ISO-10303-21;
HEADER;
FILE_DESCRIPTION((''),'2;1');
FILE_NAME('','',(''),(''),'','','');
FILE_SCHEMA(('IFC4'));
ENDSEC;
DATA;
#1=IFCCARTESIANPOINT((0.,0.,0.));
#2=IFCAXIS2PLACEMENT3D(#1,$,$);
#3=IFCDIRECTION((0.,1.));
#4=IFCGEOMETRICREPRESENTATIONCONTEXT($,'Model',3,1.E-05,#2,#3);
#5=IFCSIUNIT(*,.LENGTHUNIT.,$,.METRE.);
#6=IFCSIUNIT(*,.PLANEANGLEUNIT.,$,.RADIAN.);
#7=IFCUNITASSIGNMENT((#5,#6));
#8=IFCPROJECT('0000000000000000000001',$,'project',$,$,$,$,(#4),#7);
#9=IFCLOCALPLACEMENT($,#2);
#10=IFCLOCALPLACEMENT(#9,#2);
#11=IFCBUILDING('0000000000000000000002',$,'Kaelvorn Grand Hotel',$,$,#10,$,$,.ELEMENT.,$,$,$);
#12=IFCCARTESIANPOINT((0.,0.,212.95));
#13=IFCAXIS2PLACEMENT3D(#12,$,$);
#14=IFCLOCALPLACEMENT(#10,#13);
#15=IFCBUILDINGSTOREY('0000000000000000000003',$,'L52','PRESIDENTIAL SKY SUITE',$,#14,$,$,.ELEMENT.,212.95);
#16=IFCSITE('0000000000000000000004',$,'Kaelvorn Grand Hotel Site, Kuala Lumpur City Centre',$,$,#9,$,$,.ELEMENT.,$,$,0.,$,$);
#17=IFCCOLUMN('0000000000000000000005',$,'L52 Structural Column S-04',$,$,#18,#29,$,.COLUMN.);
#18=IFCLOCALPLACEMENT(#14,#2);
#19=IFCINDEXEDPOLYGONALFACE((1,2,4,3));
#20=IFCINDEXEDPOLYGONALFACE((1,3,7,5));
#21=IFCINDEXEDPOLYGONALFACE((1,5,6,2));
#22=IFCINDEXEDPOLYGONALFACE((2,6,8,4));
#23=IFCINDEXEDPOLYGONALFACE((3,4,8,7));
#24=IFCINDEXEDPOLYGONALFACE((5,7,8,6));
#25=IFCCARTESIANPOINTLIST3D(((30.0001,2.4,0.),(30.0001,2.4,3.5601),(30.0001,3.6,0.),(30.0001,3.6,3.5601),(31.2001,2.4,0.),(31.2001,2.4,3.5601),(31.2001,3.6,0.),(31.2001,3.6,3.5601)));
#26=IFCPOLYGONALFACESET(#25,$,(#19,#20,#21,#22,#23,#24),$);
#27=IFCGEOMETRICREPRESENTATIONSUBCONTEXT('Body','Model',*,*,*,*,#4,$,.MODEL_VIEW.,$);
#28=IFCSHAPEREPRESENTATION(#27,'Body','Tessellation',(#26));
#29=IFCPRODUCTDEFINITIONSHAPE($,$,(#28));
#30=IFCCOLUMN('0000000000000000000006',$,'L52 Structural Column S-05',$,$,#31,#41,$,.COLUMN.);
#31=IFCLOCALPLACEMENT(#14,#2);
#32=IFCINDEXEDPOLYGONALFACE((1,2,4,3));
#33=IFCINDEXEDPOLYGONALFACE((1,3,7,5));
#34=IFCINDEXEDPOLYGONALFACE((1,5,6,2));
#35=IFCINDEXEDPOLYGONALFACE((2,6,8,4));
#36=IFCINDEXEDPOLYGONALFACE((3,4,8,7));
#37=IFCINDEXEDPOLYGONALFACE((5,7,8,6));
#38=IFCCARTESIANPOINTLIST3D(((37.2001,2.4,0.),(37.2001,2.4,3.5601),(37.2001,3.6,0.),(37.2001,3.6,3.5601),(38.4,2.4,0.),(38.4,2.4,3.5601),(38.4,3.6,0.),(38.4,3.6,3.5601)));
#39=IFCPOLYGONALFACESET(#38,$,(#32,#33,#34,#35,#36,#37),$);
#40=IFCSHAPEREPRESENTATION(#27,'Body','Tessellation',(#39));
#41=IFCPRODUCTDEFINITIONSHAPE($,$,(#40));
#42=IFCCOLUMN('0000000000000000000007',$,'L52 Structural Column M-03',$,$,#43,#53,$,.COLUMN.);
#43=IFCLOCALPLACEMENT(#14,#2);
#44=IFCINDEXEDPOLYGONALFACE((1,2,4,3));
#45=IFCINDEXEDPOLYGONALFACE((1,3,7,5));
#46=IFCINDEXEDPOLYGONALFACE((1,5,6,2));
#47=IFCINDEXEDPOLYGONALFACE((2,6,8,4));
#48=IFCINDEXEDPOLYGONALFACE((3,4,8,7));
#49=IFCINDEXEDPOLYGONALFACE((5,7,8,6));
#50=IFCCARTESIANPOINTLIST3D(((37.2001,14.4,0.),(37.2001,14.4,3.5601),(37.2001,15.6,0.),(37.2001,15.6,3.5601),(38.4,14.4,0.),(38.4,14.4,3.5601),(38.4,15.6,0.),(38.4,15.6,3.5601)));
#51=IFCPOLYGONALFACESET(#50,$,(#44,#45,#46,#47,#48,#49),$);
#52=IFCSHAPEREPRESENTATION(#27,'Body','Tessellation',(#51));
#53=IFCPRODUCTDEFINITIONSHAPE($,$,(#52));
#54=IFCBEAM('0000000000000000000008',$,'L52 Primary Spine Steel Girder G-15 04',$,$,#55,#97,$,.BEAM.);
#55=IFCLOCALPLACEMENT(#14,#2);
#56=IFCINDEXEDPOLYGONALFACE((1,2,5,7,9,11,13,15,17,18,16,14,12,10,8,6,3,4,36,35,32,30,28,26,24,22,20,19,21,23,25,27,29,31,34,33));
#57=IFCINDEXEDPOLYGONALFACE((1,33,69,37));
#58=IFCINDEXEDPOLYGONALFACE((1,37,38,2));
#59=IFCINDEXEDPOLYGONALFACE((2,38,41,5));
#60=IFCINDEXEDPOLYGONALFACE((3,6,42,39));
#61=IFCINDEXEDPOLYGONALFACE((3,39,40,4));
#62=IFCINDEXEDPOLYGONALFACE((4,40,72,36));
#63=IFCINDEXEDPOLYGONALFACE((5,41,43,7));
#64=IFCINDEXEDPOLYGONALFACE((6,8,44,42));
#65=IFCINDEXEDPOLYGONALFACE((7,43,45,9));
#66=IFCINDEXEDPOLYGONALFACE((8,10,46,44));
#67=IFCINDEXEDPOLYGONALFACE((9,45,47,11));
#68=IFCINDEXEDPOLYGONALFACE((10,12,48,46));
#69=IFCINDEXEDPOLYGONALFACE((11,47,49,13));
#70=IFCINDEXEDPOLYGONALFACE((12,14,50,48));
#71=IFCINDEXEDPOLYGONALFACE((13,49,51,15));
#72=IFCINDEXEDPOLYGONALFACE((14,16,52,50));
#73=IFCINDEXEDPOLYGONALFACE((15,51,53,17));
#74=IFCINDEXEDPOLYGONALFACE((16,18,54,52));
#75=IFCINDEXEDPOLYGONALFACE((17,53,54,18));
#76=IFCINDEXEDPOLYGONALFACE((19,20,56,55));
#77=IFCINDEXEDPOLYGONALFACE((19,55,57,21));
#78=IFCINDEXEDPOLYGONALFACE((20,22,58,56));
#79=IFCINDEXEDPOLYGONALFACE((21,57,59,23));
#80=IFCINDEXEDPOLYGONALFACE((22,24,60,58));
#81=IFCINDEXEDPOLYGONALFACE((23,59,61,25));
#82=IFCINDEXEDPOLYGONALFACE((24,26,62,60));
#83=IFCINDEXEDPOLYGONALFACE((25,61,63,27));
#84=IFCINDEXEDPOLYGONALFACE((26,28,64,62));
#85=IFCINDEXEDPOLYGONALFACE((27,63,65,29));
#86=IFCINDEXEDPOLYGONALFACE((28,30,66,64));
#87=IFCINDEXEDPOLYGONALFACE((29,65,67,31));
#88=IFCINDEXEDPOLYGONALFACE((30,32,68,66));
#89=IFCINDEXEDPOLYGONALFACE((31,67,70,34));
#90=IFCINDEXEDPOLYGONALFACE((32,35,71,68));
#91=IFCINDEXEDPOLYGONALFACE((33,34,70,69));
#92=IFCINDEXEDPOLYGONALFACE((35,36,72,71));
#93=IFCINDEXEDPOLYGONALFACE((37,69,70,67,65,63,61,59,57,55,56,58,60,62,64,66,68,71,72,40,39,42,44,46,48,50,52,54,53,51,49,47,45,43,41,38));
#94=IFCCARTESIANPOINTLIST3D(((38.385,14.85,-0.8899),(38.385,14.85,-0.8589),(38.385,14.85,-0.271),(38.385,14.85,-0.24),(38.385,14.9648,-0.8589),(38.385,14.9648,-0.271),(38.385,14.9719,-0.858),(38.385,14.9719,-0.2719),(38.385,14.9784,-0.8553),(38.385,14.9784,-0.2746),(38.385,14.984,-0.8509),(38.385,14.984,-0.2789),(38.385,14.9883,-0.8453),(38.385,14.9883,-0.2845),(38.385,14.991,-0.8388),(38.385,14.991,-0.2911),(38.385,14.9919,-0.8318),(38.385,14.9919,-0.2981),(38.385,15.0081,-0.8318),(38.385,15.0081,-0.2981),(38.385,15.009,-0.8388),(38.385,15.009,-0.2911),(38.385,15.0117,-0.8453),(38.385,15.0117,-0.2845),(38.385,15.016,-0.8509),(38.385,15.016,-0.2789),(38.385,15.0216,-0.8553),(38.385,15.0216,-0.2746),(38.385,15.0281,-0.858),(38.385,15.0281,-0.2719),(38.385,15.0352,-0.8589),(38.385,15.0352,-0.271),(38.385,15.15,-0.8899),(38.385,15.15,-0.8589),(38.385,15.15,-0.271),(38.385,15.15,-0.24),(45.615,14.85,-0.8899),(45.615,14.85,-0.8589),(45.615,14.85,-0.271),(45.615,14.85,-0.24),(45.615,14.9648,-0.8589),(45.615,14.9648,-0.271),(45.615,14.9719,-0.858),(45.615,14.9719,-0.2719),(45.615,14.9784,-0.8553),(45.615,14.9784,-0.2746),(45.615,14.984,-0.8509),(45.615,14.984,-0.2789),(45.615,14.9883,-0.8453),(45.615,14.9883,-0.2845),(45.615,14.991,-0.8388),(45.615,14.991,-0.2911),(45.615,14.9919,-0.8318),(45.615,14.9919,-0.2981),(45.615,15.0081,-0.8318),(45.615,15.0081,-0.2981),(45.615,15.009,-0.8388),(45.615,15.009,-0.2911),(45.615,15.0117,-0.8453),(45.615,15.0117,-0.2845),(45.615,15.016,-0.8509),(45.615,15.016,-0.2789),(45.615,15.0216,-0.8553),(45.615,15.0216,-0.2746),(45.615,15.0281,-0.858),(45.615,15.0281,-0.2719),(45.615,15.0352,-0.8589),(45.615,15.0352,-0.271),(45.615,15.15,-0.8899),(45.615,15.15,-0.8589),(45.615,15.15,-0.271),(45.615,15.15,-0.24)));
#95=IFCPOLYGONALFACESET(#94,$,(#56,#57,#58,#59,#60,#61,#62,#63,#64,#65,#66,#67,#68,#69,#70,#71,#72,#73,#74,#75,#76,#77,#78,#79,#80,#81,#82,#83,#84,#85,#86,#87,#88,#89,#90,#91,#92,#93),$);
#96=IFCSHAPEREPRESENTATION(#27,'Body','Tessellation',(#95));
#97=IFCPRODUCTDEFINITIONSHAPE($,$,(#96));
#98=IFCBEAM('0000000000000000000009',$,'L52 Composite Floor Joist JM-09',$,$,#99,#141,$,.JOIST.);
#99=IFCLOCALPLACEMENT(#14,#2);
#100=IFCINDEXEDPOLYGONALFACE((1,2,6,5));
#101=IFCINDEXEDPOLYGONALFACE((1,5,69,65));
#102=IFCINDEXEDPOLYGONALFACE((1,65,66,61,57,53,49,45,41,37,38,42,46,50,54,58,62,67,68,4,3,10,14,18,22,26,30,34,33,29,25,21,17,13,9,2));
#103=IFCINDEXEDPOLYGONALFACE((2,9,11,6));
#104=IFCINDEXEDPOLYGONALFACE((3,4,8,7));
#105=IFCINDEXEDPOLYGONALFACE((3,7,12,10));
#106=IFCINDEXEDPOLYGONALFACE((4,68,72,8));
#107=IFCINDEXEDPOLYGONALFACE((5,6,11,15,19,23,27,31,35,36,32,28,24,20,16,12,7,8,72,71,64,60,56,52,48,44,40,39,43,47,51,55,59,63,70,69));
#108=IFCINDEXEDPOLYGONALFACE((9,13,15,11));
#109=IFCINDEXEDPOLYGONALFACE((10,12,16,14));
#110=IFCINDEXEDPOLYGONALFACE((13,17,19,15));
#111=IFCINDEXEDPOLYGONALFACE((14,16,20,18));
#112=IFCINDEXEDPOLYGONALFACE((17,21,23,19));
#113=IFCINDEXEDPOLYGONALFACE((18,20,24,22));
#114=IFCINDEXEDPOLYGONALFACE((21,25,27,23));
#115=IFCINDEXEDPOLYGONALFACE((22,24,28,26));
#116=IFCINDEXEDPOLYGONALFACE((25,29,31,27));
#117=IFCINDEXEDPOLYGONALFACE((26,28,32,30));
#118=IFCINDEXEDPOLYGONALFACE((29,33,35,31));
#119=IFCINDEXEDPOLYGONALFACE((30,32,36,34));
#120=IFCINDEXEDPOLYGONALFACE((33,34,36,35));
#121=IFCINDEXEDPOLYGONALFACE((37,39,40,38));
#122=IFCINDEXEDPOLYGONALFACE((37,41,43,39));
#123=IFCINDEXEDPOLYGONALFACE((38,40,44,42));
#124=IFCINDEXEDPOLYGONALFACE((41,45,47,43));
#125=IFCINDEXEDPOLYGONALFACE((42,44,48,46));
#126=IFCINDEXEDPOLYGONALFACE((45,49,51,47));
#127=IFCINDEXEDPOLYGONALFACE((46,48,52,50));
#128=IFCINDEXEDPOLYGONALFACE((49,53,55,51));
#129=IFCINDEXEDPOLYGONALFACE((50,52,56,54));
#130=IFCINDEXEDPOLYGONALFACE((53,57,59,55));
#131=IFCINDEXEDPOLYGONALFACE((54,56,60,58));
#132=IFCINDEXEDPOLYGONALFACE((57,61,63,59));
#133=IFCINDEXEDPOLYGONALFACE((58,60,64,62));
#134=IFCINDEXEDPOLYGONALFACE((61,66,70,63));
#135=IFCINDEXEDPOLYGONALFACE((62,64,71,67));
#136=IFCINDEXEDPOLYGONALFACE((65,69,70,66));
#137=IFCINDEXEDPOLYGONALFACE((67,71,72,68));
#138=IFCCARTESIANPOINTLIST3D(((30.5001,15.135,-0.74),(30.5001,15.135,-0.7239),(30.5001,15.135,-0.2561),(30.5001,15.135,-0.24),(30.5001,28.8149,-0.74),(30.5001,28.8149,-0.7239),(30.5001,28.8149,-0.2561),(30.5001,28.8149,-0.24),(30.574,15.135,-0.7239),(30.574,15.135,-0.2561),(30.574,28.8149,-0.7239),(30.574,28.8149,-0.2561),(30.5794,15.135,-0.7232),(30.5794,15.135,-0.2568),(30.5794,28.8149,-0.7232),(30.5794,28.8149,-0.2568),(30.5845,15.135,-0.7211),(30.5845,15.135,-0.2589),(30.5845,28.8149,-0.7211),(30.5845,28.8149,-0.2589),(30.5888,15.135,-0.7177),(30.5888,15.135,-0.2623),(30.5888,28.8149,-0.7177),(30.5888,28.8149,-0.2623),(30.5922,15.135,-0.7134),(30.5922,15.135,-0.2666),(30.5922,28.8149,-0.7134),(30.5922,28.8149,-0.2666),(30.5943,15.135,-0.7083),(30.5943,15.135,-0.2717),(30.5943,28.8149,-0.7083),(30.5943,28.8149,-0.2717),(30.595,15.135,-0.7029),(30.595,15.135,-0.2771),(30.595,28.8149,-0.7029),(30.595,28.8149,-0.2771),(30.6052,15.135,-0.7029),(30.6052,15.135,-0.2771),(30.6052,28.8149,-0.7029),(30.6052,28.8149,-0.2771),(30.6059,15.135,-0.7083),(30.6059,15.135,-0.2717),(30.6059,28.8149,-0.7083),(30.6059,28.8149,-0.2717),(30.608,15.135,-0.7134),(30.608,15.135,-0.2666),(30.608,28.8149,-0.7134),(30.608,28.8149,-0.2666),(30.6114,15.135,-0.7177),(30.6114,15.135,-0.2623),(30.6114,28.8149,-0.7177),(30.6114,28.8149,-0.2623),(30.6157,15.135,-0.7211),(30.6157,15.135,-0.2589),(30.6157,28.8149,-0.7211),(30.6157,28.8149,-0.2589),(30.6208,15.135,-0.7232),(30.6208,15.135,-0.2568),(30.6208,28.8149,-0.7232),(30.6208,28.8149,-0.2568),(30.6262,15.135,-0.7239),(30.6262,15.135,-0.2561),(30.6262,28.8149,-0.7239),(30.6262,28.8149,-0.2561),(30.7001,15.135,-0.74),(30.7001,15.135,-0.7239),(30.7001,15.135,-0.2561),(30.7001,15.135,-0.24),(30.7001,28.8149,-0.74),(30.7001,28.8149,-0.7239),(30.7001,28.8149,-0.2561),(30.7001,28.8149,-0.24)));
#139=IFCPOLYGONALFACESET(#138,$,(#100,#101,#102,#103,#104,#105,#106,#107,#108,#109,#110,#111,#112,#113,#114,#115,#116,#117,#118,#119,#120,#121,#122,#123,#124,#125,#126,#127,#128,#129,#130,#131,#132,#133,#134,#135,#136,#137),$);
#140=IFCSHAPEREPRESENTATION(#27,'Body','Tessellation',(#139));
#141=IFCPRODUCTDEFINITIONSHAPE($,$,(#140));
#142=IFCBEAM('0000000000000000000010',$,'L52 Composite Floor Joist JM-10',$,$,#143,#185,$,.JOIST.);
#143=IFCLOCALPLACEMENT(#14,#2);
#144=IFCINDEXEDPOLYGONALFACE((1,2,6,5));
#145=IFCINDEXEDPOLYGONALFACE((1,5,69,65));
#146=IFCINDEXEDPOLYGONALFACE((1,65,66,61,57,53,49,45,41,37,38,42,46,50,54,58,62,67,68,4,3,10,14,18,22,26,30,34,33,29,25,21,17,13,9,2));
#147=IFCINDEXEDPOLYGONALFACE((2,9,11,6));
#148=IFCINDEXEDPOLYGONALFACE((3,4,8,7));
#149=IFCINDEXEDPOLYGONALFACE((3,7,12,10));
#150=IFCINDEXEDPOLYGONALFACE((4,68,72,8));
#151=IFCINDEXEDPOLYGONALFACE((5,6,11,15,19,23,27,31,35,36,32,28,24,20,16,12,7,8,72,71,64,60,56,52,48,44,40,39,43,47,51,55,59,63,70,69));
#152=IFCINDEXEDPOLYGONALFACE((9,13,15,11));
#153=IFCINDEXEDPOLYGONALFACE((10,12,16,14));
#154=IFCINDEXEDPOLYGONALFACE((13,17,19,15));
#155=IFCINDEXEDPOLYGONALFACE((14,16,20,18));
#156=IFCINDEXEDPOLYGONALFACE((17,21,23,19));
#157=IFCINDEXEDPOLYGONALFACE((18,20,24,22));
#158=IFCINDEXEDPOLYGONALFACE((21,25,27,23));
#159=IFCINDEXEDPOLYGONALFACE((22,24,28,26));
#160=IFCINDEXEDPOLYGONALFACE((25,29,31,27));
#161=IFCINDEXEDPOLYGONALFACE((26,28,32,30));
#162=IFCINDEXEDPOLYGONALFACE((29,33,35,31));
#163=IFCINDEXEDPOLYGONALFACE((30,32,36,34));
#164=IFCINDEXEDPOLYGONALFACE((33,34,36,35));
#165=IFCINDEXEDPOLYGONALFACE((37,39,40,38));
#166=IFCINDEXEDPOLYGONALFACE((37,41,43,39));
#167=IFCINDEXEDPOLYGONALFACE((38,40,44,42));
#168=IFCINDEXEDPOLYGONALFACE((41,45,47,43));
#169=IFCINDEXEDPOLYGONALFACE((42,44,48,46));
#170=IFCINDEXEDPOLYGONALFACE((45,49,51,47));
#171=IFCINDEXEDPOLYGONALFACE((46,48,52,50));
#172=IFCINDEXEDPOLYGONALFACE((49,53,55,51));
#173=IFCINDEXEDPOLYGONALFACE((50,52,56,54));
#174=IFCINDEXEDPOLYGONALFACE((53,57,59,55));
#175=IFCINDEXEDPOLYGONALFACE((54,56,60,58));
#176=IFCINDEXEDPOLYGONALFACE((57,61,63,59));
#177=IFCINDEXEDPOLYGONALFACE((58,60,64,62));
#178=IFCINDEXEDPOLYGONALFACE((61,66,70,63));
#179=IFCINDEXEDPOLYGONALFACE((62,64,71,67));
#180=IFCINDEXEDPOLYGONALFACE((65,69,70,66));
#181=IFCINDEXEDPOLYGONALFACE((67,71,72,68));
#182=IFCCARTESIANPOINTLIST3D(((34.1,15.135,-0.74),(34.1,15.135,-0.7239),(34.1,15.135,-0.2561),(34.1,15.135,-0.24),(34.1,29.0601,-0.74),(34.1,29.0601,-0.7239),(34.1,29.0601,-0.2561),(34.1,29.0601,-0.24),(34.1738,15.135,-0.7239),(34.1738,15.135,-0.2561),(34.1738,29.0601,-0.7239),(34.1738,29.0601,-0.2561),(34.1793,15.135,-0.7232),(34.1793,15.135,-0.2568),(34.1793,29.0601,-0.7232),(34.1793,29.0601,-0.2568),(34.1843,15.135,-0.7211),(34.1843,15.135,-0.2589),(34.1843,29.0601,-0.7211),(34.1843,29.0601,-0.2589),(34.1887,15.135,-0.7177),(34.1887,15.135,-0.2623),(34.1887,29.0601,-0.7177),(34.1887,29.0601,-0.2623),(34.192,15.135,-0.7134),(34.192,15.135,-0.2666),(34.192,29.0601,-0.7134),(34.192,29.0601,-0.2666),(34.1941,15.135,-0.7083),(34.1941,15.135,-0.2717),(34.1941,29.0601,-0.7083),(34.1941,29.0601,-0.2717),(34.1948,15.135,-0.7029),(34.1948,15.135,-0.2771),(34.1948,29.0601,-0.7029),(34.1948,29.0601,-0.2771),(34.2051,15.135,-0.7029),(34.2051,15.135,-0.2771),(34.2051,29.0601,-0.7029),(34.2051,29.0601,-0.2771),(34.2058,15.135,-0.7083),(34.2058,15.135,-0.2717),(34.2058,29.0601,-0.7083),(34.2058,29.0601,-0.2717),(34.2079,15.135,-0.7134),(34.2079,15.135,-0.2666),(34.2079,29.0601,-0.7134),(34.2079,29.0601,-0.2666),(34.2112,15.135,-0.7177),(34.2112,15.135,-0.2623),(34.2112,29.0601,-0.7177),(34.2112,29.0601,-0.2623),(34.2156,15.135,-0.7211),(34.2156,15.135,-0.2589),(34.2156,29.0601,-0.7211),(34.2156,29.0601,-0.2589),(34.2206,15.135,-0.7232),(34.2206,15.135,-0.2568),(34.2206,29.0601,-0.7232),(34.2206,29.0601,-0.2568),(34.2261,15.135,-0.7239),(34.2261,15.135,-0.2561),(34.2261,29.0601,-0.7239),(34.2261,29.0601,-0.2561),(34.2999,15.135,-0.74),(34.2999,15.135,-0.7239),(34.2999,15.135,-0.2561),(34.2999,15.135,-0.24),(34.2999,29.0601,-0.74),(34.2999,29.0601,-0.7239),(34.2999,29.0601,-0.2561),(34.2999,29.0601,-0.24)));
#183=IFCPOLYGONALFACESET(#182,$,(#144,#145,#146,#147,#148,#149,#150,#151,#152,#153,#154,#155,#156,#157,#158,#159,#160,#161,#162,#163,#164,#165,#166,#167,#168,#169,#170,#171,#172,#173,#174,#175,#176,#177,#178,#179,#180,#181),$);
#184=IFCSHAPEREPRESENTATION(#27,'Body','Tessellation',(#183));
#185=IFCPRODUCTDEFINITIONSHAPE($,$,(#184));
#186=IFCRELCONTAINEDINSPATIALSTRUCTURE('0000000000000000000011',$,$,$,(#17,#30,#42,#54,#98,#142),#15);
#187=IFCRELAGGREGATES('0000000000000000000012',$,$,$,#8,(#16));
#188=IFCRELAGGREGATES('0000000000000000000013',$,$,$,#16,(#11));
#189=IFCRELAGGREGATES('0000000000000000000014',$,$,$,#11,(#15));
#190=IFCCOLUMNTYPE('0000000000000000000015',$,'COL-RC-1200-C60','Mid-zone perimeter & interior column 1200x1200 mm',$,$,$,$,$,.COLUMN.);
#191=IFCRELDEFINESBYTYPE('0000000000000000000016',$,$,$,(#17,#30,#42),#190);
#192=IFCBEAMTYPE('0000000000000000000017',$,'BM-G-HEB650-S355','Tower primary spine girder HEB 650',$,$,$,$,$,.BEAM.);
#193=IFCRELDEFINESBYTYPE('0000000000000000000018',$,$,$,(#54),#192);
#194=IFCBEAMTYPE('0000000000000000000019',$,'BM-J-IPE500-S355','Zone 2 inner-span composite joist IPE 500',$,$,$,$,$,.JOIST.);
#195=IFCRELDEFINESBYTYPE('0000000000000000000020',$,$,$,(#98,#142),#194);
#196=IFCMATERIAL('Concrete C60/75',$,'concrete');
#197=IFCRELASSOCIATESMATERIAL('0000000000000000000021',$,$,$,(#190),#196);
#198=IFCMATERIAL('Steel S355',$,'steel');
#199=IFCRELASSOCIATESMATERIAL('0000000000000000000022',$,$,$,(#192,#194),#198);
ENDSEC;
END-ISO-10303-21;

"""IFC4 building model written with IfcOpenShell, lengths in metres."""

from ifc_helpers import new_model, si_unit, direction, frame, origin, origin_2d, place, context, subcontext, project, spatial, rectangle, i_section, extrude, material, material_profile, profile_set, type_object, element, save


model = new_model("IFC4")

# Units and contexts
model_context = context("Model", 3, precision=1e-05, world=origin(), true_north=direction((0.0, 1.0)))
body_context = subcontext(model_context, "Body", "Model", "MODEL_VIEW")
ifc_project = project(units=[si_unit("LENGTHUNIT", "METRE"), si_unit("PLANEANGLEUNIT", "RADIAN")], contexts=[model_context])

# Site, building, storey
site_placement = place(None, origin())
site = spatial("IfcSite", under=ifc_project, at=site_placement, Name="Kaelvorn Grand Hotel Site, Kuala Lumpur City Centre", CompositionType="ELEMENT", RefElevation=0.0)
building_placement = place(site_placement, origin())
building = spatial("IfcBuilding", under=site, at=building_placement, Name="Kaelvorn Grand Hotel", CompositionType="ELEMENT")
storey_placement = place(building_placement, frame((0.0, 0.0, 212.95)))
storey = spatial("IfcBuildingStorey", under=building, at=storey_placement, Name="L52", Description="PRESIDENTIAL SKY SUITE", CompositionType="ELEMENT", Elevation=212.95)

# Columns
ifc_material_1 = material(Name="Concrete C60/75", Category="concrete")
ifc_material_profile_1 = material_profile(ifc_material_1, rectangle(XDim=1.2, YDim=1.2, at=origin_2d()), Name="RC COL 1200x1200")
ifc_profile_set_1 = profile_set([ifc_material_profile_1], Name="Concrete C60/75")
column_type = type_object("IfcColumnType", Name="COL-RC-1200-C60", Description="Mid-zone perimeter & interior column 1200x1200 mm", PredefinedType="COLUMN", material=ifc_profile_set_1)
for number, where, z_axis, x_axis, name in (
    (1, (30.6001, 3.0, 0.0), (0.0, 0.0, 1.0), (1.0, 0.0, 0.0), "L52 Structural Column S-04"),
    (2, (37.8, 3.0, 0.0), (0.0, 0.0, 1.0), (1.0, 0.0, 0.0), "L52 Structural Column S-05"),
    (3, (37.8, 15.0, 0.0), (0.0, 0.0, 1.0), (1.0, 0.0, 0.0), "L52 Structural Column M-03"),
):
    element("IfcColumn", number, at=place(storey_placement, frame(where, z_axis=z_axis, x_axis=x_axis)), inside=storey, type_object=column_type, Name=name, PredefinedType="COLUMN", context=body_context, shape_type="SweptSolid", body=[
        extrude(rectangle(XDim=1.2, YDim=1.2, at=origin_2d()), origin(), (0.0, 0.0, 1.0), 3.5601),
    ])

# Beams
ifc_material_2 = material(Name="Steel S355", Category="steel")
ifc_material_profile_2 = material_profile(ifc_material_2, i_section(OverallWidth=0.3, OverallDepth=0.6499, WebThickness=0.0161, FlangeThickness=0.031, FilletRadius=0.0271, at=origin_2d()), Name="HEB 650")
ifc_profile_set_2 = profile_set([ifc_material_profile_2], Name="Steel S355")
beam_type_1 = type_object("IfcBeamType", Name="BM-G-HEB650-S355", Description="Tower primary spine girder HEB 650", PredefinedType="BEAM", material=ifc_profile_set_2)
beam_1_placement = place(storey_placement, frame((38.385, 15.0, -0.5649), z_axis=(1.0, 0.0, 0.0), x_axis=(0.0, 1.0, 0.0)))
element("IfcBeam", 4, at=beam_1_placement, inside=storey, type_object=beam_type_1, Name="L52 Primary Spine Steel Girder G-15 04", PredefinedType="BEAM", context=body_context, shape_type="SweptSolid", body=[
    extrude(i_section(OverallWidth=0.3, OverallDepth=0.6499, WebThickness=0.0161, FlangeThickness=0.031, FilletRadius=0.0271, at=origin_2d()), origin(), (0.0, 0.0, 1.0), 7.23),
])
ifc_material_profile_3 = material_profile(ifc_material_2, i_section(OverallWidth=0.2, OverallDepth=0.5, WebThickness=0.0103, FlangeThickness=0.0161, FilletRadius=0.021, at=origin_2d()), Name="IPE 500")
ifc_profile_set_3 = profile_set([ifc_material_profile_3], Name="Steel S355")
beam_type_2 = type_object("IfcBeamType", Name="BM-J-IPE500-S355", Description="Zone 2 inner-span composite joist IPE 500", PredefinedType="JOIST", material=ifc_profile_set_3)
beam_2_placement = place(storey_placement, frame((30.6001, 15.135, -0.49), z_axis=(0.0, 1.0, 0.0), x_axis=(-1.0, 0.0, 0.0)))
element("IfcBeam", 5, at=beam_2_placement, inside=storey, type_object=beam_type_2, Name="L52 Composite Floor Joist JM-09", PredefinedType="JOIST", context=body_context, shape_type="SweptSolid", body=[
    extrude(i_section(OverallWidth=0.2, OverallDepth=0.5, WebThickness=0.0103, FlangeThickness=0.0161, FilletRadius=0.021, at=origin_2d()), origin(), (0.0, 0.0, 1.0), 13.6799),
])
beam_3_placement = place(storey_placement, frame((34.2, 15.135, -0.49), z_axis=(0.0, 1.0, 0.0), x_axis=(-1.0, 0.0, 0.0)))
element("IfcBeam", 6, at=beam_3_placement, inside=storey, type_object=beam_type_2, Name="L52 Composite Floor Joist JM-10", PredefinedType="JOIST", context=body_context, shape_type="SweptSolid", body=[
    extrude(i_section(OverallWidth=0.2, OverallDepth=0.5, WebThickness=0.0103, FlangeThickness=0.0161, FilletRadius=0.021, at=origin_2d()), origin(), (0.0, 0.0, 1.0), 13.925),
])

save(model, "model.ifc")
